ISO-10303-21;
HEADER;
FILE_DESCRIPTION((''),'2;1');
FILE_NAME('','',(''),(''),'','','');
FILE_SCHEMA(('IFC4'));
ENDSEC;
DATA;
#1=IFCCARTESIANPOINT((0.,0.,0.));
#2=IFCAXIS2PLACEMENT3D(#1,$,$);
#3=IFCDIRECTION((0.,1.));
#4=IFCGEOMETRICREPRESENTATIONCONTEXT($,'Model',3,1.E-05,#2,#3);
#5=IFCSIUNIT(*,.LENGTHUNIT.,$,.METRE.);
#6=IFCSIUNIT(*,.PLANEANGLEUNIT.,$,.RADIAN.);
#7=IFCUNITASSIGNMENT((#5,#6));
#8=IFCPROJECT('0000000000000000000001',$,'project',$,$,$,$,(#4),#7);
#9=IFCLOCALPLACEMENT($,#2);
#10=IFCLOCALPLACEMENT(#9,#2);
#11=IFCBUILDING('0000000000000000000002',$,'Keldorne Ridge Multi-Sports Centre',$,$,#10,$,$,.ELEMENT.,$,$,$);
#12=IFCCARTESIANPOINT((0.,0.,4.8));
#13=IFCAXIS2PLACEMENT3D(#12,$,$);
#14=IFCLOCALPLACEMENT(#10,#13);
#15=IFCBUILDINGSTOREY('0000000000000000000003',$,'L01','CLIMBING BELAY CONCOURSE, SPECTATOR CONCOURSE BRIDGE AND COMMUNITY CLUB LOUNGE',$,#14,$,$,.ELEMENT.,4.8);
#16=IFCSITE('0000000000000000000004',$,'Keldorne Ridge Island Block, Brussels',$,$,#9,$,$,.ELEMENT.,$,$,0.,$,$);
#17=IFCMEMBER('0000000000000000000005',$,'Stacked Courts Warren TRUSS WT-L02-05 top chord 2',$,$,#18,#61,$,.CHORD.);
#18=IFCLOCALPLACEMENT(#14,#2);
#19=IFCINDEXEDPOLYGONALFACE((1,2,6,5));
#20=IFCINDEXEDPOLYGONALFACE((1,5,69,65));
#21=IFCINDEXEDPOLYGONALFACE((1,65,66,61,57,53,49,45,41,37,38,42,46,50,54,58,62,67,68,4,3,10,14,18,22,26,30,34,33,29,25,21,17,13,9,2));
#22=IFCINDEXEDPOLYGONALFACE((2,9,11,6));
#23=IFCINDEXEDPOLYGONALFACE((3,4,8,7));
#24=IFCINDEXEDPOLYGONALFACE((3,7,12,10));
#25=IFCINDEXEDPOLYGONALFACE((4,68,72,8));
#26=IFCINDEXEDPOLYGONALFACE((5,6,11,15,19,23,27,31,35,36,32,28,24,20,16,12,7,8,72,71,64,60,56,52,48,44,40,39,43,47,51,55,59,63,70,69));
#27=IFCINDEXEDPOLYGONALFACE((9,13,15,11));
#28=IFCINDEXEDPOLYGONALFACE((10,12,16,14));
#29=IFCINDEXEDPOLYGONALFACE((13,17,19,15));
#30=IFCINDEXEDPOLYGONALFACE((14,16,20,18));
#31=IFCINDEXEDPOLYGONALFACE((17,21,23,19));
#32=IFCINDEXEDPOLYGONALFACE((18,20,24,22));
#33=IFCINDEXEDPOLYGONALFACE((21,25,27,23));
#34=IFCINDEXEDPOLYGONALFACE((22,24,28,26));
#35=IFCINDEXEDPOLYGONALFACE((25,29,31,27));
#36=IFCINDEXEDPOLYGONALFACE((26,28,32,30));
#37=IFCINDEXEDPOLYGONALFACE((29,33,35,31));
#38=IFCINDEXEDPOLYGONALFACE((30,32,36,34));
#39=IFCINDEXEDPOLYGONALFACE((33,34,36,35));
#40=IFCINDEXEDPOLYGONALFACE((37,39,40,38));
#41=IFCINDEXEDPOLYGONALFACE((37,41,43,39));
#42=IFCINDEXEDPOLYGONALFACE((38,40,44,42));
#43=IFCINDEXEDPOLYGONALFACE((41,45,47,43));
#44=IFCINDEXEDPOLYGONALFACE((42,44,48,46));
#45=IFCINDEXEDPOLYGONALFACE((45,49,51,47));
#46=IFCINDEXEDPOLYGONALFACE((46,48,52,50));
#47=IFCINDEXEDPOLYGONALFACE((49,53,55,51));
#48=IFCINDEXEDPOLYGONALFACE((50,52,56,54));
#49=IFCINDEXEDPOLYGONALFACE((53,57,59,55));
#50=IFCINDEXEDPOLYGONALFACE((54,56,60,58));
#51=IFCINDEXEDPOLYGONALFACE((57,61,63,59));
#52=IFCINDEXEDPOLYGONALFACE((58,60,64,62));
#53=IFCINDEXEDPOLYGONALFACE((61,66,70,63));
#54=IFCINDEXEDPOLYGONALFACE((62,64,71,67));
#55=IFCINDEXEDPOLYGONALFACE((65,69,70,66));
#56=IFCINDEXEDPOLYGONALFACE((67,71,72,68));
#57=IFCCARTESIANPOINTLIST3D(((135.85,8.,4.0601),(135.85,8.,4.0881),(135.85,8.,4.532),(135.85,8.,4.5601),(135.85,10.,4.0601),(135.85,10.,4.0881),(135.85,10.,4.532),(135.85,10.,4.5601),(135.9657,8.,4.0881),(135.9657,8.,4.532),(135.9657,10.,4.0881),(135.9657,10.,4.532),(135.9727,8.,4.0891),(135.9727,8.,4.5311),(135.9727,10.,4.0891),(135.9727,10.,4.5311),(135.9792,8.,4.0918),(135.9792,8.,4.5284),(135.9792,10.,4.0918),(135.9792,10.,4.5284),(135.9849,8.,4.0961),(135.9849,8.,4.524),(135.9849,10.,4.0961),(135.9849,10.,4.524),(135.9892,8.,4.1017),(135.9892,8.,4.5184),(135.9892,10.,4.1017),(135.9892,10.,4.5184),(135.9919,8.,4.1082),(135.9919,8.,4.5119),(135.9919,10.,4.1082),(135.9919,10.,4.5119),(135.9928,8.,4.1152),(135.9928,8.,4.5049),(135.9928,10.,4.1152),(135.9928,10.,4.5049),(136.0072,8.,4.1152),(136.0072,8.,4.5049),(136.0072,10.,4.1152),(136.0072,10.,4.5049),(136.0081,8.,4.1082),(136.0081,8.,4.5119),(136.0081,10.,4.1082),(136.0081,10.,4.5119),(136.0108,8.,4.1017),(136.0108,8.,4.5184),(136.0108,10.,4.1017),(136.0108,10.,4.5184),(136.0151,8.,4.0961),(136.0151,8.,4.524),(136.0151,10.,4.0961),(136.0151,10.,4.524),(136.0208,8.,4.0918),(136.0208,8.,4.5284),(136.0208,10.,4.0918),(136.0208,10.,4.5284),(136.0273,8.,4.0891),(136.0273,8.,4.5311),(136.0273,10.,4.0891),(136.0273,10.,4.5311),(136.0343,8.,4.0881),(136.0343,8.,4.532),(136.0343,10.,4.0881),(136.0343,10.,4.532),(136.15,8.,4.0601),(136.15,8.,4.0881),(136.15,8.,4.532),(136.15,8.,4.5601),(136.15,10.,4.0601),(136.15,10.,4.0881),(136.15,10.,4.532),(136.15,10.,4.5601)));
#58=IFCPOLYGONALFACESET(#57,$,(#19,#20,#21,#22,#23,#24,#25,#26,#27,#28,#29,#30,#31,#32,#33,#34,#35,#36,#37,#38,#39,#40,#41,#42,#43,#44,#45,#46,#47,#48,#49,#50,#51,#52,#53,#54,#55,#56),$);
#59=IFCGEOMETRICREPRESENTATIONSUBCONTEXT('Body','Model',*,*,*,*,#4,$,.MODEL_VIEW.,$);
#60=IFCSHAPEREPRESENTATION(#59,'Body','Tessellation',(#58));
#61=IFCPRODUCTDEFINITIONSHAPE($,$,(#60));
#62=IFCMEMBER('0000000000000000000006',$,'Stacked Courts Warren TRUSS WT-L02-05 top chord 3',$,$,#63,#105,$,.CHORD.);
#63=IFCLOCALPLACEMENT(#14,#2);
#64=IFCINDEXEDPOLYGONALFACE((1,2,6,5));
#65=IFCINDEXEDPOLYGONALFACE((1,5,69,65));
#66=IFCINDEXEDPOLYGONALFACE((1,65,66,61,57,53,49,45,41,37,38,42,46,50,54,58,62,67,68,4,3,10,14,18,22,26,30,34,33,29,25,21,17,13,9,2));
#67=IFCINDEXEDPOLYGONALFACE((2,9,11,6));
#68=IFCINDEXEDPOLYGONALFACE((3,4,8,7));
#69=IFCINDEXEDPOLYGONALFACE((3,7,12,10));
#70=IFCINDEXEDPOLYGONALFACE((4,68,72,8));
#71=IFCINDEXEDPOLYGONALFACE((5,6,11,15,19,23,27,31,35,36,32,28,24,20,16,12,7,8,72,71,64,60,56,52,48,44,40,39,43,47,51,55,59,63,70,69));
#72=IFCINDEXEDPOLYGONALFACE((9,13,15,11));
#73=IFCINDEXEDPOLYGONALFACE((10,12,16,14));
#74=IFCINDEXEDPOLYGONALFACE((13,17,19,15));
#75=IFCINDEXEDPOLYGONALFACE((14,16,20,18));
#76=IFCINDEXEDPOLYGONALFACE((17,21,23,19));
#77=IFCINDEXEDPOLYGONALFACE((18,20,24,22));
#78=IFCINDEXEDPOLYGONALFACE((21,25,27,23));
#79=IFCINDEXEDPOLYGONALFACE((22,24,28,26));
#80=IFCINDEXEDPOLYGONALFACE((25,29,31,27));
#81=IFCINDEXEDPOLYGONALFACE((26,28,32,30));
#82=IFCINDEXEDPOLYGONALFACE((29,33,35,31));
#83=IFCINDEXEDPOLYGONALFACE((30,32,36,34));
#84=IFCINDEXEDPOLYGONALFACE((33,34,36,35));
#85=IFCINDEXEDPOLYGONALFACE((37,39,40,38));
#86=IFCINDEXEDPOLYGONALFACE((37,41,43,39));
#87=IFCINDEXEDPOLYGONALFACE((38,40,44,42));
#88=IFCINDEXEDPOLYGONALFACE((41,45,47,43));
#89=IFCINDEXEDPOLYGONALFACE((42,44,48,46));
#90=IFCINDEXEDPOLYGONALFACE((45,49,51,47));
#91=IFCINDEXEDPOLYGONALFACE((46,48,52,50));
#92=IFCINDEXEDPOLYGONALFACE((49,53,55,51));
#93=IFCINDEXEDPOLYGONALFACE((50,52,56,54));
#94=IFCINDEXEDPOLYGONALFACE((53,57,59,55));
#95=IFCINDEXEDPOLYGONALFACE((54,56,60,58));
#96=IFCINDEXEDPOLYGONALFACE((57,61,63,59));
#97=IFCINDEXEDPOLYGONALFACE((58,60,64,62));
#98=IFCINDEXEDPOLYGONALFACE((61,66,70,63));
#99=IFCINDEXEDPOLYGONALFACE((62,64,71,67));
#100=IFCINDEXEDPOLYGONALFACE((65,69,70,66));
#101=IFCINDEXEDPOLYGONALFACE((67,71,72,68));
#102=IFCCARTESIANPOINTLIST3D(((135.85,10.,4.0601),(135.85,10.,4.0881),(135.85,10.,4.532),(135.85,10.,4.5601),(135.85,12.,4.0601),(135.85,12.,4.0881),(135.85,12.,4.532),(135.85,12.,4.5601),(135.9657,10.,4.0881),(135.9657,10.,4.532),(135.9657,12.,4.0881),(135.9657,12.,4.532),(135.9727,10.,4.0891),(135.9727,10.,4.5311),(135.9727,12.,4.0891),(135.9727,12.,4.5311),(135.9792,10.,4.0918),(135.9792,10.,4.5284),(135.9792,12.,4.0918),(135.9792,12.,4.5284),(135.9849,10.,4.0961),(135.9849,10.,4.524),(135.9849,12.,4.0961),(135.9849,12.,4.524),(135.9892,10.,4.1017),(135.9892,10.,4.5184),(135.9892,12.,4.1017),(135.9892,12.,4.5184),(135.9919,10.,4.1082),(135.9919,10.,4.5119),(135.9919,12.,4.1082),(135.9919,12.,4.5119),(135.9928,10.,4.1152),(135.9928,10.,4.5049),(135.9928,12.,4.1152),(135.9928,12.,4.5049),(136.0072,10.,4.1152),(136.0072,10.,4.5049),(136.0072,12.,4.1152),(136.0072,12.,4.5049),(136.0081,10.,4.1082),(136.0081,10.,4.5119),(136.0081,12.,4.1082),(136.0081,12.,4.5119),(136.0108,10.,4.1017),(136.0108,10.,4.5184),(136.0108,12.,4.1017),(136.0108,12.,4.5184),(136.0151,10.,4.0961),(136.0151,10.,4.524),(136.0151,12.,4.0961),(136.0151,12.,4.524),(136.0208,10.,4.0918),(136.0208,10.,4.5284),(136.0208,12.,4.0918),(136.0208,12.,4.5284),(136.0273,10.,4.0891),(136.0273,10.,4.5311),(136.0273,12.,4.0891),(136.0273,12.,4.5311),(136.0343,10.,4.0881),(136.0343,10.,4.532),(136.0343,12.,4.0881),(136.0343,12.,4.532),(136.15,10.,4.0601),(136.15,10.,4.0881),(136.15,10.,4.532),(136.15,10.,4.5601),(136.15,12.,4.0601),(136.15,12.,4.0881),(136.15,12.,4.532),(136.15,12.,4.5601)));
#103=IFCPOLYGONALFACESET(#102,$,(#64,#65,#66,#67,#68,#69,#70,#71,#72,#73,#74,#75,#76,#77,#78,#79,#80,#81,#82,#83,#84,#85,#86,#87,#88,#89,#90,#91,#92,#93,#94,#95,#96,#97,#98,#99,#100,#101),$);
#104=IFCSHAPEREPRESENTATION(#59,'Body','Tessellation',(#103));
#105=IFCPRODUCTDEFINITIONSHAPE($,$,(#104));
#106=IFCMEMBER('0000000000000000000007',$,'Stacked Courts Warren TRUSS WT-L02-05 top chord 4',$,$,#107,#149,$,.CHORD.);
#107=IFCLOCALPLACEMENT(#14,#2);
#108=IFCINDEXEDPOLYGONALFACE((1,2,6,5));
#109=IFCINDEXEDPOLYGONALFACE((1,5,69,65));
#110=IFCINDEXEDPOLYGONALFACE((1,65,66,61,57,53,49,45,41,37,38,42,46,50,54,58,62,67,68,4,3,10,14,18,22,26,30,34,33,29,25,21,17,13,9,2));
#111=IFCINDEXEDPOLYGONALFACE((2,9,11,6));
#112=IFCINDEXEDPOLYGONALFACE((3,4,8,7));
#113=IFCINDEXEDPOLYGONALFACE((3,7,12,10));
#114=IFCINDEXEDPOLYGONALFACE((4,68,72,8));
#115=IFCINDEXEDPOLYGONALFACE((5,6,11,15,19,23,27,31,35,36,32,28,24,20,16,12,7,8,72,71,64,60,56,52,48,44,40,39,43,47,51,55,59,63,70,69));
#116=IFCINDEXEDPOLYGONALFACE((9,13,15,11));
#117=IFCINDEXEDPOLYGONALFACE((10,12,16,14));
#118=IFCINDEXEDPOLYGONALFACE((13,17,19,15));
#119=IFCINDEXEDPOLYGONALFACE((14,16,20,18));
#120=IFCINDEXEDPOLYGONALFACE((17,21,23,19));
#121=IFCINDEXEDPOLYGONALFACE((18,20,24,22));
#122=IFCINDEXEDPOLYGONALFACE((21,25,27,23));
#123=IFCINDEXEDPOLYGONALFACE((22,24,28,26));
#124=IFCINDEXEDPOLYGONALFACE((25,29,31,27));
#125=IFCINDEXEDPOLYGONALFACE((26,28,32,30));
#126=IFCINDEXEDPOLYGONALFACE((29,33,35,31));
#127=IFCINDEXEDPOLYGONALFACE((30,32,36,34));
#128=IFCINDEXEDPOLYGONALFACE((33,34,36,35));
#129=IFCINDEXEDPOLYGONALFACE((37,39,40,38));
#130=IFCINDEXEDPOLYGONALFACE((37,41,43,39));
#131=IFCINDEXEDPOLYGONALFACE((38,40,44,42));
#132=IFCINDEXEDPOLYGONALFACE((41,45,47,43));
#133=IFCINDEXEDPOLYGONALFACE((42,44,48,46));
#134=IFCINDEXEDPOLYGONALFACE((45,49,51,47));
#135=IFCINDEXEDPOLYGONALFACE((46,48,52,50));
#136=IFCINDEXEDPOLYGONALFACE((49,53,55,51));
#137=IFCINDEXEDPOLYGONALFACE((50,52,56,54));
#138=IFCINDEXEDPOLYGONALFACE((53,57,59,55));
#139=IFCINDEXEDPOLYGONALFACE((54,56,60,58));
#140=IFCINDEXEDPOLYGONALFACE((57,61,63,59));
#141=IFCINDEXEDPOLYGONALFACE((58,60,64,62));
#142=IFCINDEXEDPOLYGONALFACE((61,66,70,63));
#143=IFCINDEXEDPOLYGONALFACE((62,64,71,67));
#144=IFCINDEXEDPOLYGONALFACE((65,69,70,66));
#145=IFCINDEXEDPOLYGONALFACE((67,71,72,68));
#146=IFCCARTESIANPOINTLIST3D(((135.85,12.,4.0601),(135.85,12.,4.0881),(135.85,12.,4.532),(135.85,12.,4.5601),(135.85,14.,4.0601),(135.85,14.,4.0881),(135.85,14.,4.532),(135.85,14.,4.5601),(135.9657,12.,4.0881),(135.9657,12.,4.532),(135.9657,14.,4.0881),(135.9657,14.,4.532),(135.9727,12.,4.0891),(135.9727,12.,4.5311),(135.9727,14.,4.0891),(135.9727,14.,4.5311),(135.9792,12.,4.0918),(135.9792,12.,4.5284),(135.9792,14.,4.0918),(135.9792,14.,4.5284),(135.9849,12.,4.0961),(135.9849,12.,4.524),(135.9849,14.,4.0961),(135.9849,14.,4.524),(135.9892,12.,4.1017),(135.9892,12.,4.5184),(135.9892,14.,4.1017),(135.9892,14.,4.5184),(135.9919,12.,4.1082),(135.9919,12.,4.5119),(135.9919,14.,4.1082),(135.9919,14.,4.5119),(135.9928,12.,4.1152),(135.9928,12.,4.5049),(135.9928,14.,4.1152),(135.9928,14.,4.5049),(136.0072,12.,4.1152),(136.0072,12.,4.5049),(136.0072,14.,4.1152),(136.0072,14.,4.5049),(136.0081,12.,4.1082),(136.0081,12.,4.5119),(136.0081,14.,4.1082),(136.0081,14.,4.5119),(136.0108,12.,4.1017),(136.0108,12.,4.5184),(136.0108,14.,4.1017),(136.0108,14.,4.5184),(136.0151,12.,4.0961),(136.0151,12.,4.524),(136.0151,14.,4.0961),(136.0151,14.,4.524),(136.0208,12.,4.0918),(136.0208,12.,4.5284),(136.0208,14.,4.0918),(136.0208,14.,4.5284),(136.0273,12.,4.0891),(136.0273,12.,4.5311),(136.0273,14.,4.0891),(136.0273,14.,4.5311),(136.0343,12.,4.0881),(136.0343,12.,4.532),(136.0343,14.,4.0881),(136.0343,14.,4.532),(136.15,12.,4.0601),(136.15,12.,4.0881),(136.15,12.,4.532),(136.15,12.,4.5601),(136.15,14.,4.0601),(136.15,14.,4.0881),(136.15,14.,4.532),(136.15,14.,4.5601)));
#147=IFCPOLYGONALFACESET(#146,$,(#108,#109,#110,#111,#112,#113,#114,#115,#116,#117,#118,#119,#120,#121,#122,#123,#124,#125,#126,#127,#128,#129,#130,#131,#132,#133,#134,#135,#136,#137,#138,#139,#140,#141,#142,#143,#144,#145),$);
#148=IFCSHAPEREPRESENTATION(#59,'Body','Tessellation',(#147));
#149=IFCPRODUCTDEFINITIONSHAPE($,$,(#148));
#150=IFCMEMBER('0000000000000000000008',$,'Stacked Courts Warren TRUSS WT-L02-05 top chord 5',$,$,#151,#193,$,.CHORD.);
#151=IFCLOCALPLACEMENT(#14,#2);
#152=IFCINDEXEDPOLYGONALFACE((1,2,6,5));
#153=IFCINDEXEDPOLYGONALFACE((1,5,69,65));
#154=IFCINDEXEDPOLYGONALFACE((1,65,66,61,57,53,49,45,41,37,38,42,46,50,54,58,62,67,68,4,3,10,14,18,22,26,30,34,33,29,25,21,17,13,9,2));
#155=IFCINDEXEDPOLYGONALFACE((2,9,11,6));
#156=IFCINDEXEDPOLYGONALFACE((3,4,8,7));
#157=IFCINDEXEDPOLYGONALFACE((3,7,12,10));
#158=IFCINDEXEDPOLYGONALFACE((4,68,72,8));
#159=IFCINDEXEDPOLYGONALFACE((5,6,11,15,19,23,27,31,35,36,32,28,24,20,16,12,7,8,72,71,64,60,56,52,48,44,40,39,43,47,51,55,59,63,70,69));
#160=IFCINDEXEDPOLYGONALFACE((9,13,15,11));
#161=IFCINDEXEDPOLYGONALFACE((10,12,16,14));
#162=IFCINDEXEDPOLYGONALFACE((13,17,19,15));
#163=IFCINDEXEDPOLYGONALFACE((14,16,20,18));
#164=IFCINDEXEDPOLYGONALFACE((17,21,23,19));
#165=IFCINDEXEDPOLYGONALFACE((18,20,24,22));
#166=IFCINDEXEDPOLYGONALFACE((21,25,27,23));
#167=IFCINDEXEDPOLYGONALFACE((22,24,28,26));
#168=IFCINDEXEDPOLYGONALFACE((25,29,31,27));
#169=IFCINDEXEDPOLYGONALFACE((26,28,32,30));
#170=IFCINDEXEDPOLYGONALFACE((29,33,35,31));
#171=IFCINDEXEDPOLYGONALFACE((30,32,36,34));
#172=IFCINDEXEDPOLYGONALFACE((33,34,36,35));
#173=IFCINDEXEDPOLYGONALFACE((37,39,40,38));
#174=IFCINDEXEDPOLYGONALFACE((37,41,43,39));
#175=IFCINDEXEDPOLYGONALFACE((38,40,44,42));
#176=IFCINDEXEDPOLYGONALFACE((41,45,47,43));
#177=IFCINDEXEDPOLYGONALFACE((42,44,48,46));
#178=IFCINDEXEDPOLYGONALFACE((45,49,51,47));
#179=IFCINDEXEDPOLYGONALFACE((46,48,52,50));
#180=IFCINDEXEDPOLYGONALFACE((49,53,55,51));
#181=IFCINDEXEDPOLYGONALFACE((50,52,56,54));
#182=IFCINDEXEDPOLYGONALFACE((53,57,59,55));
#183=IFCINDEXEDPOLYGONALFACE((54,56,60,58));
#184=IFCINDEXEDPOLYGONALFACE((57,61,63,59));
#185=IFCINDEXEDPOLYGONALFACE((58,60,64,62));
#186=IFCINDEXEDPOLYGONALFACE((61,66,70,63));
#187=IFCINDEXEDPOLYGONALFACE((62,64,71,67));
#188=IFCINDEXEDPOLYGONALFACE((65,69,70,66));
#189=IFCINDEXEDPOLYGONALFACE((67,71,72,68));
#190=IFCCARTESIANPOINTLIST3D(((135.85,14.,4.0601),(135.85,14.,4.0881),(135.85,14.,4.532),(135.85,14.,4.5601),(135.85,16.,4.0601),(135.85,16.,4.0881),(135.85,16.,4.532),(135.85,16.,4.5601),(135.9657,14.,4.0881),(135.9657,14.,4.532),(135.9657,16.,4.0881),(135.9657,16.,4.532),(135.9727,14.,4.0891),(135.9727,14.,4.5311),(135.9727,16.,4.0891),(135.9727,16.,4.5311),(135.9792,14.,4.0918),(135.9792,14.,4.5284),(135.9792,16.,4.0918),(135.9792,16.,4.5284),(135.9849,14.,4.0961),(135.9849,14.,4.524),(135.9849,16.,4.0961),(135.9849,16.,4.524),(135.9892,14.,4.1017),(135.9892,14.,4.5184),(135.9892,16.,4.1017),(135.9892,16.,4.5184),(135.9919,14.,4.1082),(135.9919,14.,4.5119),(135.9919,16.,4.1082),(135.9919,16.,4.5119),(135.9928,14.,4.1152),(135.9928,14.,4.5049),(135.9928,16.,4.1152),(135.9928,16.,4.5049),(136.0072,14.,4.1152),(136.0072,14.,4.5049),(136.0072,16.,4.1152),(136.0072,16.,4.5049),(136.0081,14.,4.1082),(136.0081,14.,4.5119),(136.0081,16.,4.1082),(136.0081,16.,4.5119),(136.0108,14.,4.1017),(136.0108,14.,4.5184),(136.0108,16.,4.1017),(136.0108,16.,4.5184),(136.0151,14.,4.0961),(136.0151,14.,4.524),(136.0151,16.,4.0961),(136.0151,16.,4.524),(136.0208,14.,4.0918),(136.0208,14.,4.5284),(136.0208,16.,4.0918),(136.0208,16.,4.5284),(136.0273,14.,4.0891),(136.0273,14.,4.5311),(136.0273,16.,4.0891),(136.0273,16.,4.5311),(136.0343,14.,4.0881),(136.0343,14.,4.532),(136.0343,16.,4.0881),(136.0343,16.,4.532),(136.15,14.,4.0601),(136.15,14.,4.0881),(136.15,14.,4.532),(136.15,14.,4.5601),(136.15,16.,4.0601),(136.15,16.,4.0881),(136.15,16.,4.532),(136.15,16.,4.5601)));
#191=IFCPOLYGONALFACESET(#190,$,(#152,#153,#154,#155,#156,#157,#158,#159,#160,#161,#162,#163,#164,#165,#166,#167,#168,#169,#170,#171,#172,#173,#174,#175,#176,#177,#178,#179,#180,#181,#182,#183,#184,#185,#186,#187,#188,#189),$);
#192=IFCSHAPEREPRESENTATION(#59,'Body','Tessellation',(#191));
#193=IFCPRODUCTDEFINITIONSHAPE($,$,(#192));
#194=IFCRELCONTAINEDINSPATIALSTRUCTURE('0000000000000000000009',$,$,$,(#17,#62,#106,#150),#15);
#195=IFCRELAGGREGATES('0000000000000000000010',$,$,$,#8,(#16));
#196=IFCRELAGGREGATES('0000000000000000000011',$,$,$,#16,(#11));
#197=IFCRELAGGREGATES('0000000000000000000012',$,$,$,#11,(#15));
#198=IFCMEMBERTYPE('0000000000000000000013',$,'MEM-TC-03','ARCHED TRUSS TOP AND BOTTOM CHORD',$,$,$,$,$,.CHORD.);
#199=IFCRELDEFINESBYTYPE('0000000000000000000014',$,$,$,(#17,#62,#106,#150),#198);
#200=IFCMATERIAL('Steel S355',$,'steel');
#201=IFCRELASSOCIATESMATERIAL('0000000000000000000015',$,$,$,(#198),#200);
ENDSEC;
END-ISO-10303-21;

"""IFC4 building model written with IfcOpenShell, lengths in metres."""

from ifc_helpers import new_model, si_unit, direction, frame, origin, origin_2d, place, context, subcontext, project, spatial, i_section, extrude, material, material_profile, profile_set, type_object, element, save


model = new_model("IFC4")

# Units and contexts
model_context = context("Model", 3, precision=1e-05, world=origin(), true_north=direction((0.0, 1.0)))
body_context = subcontext(model_context, "Body", "Model", "MODEL_VIEW")
ifc_project = project(units=[si_unit("LENGTHUNIT", "METRE"), si_unit("PLANEANGLEUNIT", "RADIAN")], contexts=[model_context])

# Site, building, storey
site_placement = place(None, origin())
site = spatial("IfcSite", under=ifc_project, at=site_placement, Name="Keldorne Ridge Island Block, Brussels", CompositionType="ELEMENT", RefElevation=0.0)
building_placement = place(site_placement, origin())
building = spatial("IfcBuilding", under=site, at=building_placement, Name="Keldorne Ridge Multi-Sports Centre", CompositionType="ELEMENT")
storey_placement = place(building_placement, frame((0.0, 0.0, 4.8)))
storey = spatial("IfcBuildingStorey", under=building, at=storey_placement, Name="L01", Description="CLIMBING BELAY CONCOURSE, SPECTATOR CONCOURSE BRIDGE AND COMMUNITY CLUB LOUNGE", CompositionType="ELEMENT", Elevation=4.8)

# Shared definitions
ifc_material_1 = material(Name="Steel S355", Category="steel")

# Members
ifc_material_profile_1 = material_profile(ifc_material_1, i_section(OverallWidth=0.3, OverallDepth=0.5, WebThickness=0.0144, FlangeThickness=0.0281, FilletRadius=0.0271, at=origin_2d()), Name="HEB 500")
ifc_profile_set_1 = profile_set([ifc_material_profile_1], Name="Steel S355")
member_type_1 = type_object("IfcMemberType", Name="MEM-TC-03", Description="ARCHED TRUSS TOP AND BOTTOM CHORD", PredefinedType="CHORD", material=ifc_profile_set_1)
for number, where, z_axis, x_axis, name in (
    (1, (136.0, 8.0, 4.3101), (0.0, 1.0, 0.0), (-1.0, 0.0, 0.0), "Stacked Courts Warren TRUSS WT-L02-05 top chord 2"),
    (2, (136.0, 10.0, 4.3101), (0.0, 1.0, 0.0), (-1.0, 0.0, 0.0), "Stacked Courts Warren TRUSS WT-L02-05 top chord 3"),
    (3, (136.0, 12.0, 4.3101), (0.0, 1.0, 0.0), (-1.0, 0.0, 0.0), "Stacked Courts Warren TRUSS WT-L02-05 top chord 4"),
    (4, (136.0, 14.0, 4.3101), (0.0, 1.0, 0.0), (-1.0, 0.0, 0.0), "Stacked Courts Warren TRUSS WT-L02-05 top chord 5"),
):
    element("IfcMember", number, at=place(storey_placement, frame(where, z_axis=z_axis, x_axis=x_axis)), inside=storey, type_object=member_type_1, Name=name, PredefinedType="CHORD", context=body_context, shape_type="SweptSolid", body=[
        extrude(i_section(OverallWidth=0.3, OverallDepth=0.5, WebThickness=0.0144, FlangeThickness=0.0281, FilletRadius=0.0271, at=origin_2d()), origin(), (0.0, 0.0, 1.0), 2.0),
    ])

save(model, "model.ifc")
